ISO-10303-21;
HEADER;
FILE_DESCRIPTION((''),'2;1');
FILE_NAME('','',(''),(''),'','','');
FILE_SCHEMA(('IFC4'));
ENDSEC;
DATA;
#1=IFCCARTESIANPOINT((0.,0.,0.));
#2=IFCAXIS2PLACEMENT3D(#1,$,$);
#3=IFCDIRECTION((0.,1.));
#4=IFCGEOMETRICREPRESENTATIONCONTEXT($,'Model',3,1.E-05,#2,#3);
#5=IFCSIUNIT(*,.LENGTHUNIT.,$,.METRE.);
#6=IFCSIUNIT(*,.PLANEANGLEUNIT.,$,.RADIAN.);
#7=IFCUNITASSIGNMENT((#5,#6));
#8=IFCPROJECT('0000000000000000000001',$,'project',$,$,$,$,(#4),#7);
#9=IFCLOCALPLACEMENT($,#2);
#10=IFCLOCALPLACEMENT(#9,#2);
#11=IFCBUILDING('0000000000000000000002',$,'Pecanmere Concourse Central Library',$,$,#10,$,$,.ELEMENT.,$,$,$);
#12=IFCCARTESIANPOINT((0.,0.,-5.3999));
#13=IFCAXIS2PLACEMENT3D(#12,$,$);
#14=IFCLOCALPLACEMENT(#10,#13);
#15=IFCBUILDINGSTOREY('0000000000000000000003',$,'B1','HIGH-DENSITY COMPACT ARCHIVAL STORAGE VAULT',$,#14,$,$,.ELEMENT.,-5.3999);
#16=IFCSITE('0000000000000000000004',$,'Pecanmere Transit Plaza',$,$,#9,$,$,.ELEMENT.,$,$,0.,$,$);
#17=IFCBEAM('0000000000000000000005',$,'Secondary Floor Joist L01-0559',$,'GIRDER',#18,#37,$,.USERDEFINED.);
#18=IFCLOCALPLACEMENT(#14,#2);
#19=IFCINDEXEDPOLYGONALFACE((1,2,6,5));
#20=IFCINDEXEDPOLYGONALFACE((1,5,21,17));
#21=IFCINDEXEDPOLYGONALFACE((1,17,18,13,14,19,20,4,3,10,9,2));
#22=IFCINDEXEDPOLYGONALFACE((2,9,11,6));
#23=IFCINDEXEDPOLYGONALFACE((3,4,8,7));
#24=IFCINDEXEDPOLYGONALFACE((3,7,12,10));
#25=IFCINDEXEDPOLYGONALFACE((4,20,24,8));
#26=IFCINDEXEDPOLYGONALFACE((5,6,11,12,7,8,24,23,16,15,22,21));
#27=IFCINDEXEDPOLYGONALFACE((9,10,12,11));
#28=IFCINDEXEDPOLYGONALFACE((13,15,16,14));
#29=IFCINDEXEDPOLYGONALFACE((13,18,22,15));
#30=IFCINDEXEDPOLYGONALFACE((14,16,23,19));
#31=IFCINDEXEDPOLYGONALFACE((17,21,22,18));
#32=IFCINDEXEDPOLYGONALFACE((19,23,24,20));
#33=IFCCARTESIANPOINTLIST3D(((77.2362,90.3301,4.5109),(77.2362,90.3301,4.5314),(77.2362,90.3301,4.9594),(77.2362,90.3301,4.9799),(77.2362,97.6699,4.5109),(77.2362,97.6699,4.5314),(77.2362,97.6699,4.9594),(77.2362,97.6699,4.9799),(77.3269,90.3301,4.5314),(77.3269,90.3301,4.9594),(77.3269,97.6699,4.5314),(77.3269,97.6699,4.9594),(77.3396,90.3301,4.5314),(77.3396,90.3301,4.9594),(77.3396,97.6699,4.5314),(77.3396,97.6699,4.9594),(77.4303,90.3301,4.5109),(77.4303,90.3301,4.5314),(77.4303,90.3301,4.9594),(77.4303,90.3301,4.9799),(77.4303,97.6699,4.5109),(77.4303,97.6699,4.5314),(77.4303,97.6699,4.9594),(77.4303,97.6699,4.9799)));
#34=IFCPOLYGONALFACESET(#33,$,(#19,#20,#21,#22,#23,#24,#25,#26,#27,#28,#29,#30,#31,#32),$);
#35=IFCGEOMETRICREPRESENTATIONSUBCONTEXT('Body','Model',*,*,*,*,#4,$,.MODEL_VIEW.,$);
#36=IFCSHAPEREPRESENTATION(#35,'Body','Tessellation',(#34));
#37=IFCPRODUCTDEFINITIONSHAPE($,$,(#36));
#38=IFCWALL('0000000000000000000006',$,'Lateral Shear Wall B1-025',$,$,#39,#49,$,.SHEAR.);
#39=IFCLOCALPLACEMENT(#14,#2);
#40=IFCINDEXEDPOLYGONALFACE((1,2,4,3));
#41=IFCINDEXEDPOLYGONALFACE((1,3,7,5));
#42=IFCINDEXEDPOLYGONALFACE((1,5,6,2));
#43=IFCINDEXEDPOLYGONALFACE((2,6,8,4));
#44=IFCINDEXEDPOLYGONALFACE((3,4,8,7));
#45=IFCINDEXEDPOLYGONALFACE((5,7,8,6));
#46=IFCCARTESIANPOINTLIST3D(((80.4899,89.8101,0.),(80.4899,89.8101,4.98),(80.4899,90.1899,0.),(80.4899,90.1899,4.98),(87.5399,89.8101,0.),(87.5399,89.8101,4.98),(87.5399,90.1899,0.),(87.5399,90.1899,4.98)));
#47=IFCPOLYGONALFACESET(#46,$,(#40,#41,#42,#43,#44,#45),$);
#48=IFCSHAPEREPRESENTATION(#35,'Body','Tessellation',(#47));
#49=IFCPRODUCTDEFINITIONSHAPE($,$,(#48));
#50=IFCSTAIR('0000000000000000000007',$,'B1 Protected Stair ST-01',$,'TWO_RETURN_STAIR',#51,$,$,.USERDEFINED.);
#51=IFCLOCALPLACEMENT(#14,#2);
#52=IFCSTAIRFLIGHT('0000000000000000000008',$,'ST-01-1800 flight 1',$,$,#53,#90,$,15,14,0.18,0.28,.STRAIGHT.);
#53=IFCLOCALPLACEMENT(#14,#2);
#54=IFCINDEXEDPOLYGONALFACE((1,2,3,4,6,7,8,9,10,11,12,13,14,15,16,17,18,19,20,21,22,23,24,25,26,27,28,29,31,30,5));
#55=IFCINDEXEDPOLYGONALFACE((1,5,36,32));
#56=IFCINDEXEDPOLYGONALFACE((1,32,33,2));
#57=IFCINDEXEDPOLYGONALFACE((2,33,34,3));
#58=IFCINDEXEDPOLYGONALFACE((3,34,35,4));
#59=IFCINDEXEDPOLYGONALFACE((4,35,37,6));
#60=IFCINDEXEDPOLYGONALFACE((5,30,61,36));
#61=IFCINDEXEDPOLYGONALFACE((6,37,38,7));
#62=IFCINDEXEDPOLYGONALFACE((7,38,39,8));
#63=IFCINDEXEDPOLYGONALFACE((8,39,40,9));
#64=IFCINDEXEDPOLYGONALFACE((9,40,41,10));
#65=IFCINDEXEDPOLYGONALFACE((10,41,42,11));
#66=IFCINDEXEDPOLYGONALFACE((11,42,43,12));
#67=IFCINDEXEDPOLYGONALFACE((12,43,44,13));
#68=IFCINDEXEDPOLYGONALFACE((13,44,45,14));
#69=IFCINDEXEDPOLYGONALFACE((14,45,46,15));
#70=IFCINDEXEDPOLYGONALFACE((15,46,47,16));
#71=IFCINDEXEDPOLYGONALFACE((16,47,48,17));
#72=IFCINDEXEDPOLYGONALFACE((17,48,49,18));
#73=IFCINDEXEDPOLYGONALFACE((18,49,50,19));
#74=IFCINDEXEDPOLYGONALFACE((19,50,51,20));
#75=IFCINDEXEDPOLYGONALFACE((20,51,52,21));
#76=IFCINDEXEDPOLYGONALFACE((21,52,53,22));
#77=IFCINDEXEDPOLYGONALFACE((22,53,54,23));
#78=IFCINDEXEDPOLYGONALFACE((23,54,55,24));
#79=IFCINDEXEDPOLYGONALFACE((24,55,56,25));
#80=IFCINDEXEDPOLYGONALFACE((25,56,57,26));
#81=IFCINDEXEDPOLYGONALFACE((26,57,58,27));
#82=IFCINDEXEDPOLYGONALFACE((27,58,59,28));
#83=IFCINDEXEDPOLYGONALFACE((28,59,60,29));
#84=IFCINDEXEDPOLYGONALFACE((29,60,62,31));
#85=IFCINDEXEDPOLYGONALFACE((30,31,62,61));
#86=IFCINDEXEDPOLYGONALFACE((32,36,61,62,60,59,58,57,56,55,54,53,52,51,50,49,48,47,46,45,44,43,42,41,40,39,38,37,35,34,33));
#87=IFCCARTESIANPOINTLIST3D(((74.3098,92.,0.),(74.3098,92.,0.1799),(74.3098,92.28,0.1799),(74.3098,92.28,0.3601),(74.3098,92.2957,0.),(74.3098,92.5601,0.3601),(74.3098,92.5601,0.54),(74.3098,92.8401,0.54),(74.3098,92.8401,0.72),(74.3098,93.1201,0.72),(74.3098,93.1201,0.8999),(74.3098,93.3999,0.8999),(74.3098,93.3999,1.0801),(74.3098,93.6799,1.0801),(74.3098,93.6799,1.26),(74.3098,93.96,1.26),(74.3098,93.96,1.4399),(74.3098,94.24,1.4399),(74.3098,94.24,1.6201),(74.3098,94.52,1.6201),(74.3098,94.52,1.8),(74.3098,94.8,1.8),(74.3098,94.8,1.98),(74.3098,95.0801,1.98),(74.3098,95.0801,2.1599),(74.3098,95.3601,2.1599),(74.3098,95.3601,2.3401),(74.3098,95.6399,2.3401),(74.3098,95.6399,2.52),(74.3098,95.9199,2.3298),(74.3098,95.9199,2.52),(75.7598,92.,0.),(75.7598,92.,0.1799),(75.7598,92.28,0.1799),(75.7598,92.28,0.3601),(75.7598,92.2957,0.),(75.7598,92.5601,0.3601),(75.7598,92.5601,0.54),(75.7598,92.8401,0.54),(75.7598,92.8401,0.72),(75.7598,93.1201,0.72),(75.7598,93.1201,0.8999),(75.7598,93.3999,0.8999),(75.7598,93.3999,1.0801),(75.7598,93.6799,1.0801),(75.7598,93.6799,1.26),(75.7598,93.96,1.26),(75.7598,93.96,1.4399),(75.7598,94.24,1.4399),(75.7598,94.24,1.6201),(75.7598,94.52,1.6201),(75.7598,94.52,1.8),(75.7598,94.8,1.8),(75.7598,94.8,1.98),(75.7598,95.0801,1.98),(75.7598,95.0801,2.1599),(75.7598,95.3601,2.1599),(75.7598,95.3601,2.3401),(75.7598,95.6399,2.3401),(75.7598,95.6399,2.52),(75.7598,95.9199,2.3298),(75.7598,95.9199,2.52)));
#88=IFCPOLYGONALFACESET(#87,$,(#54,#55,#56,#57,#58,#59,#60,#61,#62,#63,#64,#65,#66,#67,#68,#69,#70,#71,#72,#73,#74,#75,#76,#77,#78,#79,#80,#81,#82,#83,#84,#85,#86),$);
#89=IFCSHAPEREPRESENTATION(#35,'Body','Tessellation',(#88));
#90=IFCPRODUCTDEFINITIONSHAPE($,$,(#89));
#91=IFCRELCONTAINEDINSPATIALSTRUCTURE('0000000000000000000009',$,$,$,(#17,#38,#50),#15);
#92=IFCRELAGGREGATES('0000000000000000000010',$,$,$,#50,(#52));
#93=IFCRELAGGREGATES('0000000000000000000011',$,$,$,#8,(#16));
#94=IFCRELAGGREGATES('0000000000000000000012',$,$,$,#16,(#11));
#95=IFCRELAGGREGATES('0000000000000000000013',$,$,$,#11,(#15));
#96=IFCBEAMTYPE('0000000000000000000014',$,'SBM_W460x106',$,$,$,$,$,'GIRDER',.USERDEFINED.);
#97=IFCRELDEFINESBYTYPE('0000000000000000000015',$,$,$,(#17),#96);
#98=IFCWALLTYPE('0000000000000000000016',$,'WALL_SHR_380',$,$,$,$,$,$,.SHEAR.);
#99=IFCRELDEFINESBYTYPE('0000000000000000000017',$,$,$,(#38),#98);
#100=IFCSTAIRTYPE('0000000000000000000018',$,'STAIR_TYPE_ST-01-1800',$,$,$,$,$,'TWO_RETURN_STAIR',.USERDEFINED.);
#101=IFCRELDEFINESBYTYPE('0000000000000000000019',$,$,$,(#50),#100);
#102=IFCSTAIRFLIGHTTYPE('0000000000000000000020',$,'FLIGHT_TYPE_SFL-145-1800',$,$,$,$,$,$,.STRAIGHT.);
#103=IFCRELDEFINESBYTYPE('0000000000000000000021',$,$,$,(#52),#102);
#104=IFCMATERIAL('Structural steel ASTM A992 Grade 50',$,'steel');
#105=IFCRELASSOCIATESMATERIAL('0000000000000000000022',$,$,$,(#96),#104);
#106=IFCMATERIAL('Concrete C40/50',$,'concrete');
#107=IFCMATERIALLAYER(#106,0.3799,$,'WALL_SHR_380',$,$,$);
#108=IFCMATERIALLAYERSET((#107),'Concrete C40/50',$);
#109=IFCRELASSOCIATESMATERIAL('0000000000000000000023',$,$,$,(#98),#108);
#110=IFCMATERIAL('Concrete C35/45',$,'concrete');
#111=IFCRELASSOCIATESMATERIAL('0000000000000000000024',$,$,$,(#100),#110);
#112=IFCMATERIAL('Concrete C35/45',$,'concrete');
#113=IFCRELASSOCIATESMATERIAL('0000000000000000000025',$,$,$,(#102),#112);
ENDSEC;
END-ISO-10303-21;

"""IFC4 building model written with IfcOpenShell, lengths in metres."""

from ifc_helpers import new_model, si_unit, direction, frame, frame_2d, origin, origin_2d, place, context, subcontext, project, spatial, polyline, rectangle, i_section, outline, extrude, material, layer, layer_set, material_profile, profile_set, type_object, element, aggregate, save


model = new_model("IFC4")

# Units and contexts
model_context = context("Model", 3, precision=1e-05, world=origin(), true_north=direction((0.0, 1.0)))
body_context = subcontext(model_context, "Body", "Model", "MODEL_VIEW")
ifc_project = project(units=[si_unit("LENGTHUNIT", "METRE"), si_unit("PLANEANGLEUNIT", "RADIAN")], contexts=[model_context])

# Site, building, storey
site_placement = place(None, origin())
site = spatial("IfcSite", under=ifc_project, at=site_placement, Name="Pecanmere Transit Plaza", CompositionType="ELEMENT", RefElevation=0.0)
building_placement = place(site_placement, origin())
building = spatial("IfcBuilding", under=site, at=building_placement, Name="Pecanmere Concourse Central Library", CompositionType="ELEMENT")
storey_placement = place(building_placement, frame((0.0, 0.0, -5.3999)))
storey = spatial("IfcBuildingStorey", under=building, at=storey_placement, Name="B1", Description="HIGH-DENSITY COMPACT ARCHIVAL STORAGE VAULT", CompositionType="ELEMENT", Elevation=-5.3999)

# Beam
ifc_material_1 = material(Name="Structural steel ASTM A992 Grade 50", Category="steel")
ifc_material_profile_1 = material_profile(ifc_material_1, i_section(OverallWidth=0.1941, OverallDepth=0.469, WebThickness=0.0127, FlangeThickness=0.0205, at=origin_2d()), Name="W460x106")
ifc_profile_set_1 = profile_set([ifc_material_profile_1], Name="Structural steel ASTM A992 Grade 50")
beam_type_1 = type_object("IfcBeamType", Name="SBM_W460x106", ElementType="GIRDER", PredefinedType="USERDEFINED", material=ifc_profile_set_1)
beam_1_placement = place(storey_placement, frame((77.3333, 90.3301, 4.7454), z_axis=(0.0, 1.0, 0.0), x_axis=(-1.0, 0.0, 0.0)))
element("IfcBeam", 1, at=beam_1_placement, inside=storey, type_object=beam_type_1, Name="Secondary Floor Joist L01-0559", ObjectType="GIRDER", PredefinedType="USERDEFINED", context=body_context, shape_type="SweptSolid", body=[
    extrude(i_section(OverallWidth=0.1941, OverallDepth=0.469, WebThickness=0.0127, FlangeThickness=0.0205, at=origin_2d()), origin(), (0.0, 0.0, 1.0), 7.3398),
])

# Wall
ifc_material_2 = material(Name="Concrete C40/50", Category="concrete")
ifc_layer_1 = layer(ifc_material_2, 0.3799, Name="WALL_SHR_380")
ifc_layer_set_1 = layer_set([ifc_layer_1], Name="Concrete C40/50")
wall_type_1 = type_object("IfcWallType", Name="WALL_SHR_380", PredefinedType="SHEAR", material=ifc_layer_set_1)
wall_placement = place(storey_placement, frame((80.49, 90.0, 0.0), z_axis=(0.0, 0.0, 1.0), x_axis=(1.0, 0.0, 0.0)))
element("IfcWall", 2, at=wall_placement, inside=storey, type_object=wall_type_1, Name="Lateral Shear Wall B1-025", PredefinedType="SHEAR", context=body_context, shape_type="SweptSolid", body=[
    extrude(rectangle(XDim=7.05, YDim=0.3799, at=frame_2d((3.5249, 0.0))), origin(), (0.0, 0.0, 1.0), 4.98),
])

# Stair, stair flight
ifc_material_3 = material(Name="Concrete C35/45", Category="concrete")
stair_type = type_object("IfcStairType", Name="STAIR_TYPE_ST-01-1800", ElementType="TWO_RETURN_STAIR", PredefinedType="USERDEFINED", material=ifc_material_3)
stair_placement = place(storey_placement, origin())
stair = element("IfcStair", 3, at=stair_placement, inside=storey, type_object=stair_type, Name="B1 Protected Stair ST-01", ObjectType="TWO_RETURN_STAIR", PredefinedType="USERDEFINED")
ifc_material_4 = material(Name="Concrete C35/45", Category="concrete")
stair_flight_type = type_object("IfcStairFlightType", Name="FLIGHT_TYPE_SFL-145-1800", PredefinedType="STRAIGHT", material=ifc_material_4)
stair_flight_placement = place(storey_placement, frame((75.0349, 92.0, 0.0), z_axis=(0.0, 0.0, 1.0), x_axis=(0.0, 1.0, 0.0)))
stair_flight = element("IfcStairFlight", 4, at=stair_flight_placement, type_object=stair_flight_type, Name="ST-01-1800 flight 1", NumberOfRisers=15, NumberOfTreads=14, PredefinedType="STRAIGHT", RiserHeight=0.18, TreadLength=0.28, context=body_context, shape_type="SweptSolid", body=[
    extrude(outline(polyline([(0.0, 0.0), (0.0, 0.1799), (0.28, 0.1799), (0.28, 0.3601), (0.5601, 0.3601), (0.5601, 0.54), (0.8401, 0.54), (0.8401, 0.72), (1.1201, 0.72), (1.1201, 0.8999), (1.3999, 0.8999), (1.3999, 1.0801), (1.6799, 1.0801), (1.6799, 1.26), (1.96, 1.26), (1.96, 1.4399), (2.24, 1.4399), (2.24, 1.6201), (2.52, 1.6201), (2.52, 1.8), (2.8, 1.8), (2.8, 1.98), (3.0801, 1.98), (3.0801, 2.1599), (3.3601, 2.1599), (3.3601, 2.3401), (3.6399, 2.3401), (3.6399, 2.52), (3.9199, 2.52), (3.9199, 2.7), (3.9199, 2.3298), (0.2957, 0.0), (0.0, 0.0)])), frame((0.0, 0.7251, 0.0), z_axis=(0.0, -1.0, 0.0), x_axis=(1.0, 0.0, 0.0)), (0.0, 0.0, 1.0), 1.45),
])
aggregate(stair, [stair_flight])

save(model, "model.ifc")
